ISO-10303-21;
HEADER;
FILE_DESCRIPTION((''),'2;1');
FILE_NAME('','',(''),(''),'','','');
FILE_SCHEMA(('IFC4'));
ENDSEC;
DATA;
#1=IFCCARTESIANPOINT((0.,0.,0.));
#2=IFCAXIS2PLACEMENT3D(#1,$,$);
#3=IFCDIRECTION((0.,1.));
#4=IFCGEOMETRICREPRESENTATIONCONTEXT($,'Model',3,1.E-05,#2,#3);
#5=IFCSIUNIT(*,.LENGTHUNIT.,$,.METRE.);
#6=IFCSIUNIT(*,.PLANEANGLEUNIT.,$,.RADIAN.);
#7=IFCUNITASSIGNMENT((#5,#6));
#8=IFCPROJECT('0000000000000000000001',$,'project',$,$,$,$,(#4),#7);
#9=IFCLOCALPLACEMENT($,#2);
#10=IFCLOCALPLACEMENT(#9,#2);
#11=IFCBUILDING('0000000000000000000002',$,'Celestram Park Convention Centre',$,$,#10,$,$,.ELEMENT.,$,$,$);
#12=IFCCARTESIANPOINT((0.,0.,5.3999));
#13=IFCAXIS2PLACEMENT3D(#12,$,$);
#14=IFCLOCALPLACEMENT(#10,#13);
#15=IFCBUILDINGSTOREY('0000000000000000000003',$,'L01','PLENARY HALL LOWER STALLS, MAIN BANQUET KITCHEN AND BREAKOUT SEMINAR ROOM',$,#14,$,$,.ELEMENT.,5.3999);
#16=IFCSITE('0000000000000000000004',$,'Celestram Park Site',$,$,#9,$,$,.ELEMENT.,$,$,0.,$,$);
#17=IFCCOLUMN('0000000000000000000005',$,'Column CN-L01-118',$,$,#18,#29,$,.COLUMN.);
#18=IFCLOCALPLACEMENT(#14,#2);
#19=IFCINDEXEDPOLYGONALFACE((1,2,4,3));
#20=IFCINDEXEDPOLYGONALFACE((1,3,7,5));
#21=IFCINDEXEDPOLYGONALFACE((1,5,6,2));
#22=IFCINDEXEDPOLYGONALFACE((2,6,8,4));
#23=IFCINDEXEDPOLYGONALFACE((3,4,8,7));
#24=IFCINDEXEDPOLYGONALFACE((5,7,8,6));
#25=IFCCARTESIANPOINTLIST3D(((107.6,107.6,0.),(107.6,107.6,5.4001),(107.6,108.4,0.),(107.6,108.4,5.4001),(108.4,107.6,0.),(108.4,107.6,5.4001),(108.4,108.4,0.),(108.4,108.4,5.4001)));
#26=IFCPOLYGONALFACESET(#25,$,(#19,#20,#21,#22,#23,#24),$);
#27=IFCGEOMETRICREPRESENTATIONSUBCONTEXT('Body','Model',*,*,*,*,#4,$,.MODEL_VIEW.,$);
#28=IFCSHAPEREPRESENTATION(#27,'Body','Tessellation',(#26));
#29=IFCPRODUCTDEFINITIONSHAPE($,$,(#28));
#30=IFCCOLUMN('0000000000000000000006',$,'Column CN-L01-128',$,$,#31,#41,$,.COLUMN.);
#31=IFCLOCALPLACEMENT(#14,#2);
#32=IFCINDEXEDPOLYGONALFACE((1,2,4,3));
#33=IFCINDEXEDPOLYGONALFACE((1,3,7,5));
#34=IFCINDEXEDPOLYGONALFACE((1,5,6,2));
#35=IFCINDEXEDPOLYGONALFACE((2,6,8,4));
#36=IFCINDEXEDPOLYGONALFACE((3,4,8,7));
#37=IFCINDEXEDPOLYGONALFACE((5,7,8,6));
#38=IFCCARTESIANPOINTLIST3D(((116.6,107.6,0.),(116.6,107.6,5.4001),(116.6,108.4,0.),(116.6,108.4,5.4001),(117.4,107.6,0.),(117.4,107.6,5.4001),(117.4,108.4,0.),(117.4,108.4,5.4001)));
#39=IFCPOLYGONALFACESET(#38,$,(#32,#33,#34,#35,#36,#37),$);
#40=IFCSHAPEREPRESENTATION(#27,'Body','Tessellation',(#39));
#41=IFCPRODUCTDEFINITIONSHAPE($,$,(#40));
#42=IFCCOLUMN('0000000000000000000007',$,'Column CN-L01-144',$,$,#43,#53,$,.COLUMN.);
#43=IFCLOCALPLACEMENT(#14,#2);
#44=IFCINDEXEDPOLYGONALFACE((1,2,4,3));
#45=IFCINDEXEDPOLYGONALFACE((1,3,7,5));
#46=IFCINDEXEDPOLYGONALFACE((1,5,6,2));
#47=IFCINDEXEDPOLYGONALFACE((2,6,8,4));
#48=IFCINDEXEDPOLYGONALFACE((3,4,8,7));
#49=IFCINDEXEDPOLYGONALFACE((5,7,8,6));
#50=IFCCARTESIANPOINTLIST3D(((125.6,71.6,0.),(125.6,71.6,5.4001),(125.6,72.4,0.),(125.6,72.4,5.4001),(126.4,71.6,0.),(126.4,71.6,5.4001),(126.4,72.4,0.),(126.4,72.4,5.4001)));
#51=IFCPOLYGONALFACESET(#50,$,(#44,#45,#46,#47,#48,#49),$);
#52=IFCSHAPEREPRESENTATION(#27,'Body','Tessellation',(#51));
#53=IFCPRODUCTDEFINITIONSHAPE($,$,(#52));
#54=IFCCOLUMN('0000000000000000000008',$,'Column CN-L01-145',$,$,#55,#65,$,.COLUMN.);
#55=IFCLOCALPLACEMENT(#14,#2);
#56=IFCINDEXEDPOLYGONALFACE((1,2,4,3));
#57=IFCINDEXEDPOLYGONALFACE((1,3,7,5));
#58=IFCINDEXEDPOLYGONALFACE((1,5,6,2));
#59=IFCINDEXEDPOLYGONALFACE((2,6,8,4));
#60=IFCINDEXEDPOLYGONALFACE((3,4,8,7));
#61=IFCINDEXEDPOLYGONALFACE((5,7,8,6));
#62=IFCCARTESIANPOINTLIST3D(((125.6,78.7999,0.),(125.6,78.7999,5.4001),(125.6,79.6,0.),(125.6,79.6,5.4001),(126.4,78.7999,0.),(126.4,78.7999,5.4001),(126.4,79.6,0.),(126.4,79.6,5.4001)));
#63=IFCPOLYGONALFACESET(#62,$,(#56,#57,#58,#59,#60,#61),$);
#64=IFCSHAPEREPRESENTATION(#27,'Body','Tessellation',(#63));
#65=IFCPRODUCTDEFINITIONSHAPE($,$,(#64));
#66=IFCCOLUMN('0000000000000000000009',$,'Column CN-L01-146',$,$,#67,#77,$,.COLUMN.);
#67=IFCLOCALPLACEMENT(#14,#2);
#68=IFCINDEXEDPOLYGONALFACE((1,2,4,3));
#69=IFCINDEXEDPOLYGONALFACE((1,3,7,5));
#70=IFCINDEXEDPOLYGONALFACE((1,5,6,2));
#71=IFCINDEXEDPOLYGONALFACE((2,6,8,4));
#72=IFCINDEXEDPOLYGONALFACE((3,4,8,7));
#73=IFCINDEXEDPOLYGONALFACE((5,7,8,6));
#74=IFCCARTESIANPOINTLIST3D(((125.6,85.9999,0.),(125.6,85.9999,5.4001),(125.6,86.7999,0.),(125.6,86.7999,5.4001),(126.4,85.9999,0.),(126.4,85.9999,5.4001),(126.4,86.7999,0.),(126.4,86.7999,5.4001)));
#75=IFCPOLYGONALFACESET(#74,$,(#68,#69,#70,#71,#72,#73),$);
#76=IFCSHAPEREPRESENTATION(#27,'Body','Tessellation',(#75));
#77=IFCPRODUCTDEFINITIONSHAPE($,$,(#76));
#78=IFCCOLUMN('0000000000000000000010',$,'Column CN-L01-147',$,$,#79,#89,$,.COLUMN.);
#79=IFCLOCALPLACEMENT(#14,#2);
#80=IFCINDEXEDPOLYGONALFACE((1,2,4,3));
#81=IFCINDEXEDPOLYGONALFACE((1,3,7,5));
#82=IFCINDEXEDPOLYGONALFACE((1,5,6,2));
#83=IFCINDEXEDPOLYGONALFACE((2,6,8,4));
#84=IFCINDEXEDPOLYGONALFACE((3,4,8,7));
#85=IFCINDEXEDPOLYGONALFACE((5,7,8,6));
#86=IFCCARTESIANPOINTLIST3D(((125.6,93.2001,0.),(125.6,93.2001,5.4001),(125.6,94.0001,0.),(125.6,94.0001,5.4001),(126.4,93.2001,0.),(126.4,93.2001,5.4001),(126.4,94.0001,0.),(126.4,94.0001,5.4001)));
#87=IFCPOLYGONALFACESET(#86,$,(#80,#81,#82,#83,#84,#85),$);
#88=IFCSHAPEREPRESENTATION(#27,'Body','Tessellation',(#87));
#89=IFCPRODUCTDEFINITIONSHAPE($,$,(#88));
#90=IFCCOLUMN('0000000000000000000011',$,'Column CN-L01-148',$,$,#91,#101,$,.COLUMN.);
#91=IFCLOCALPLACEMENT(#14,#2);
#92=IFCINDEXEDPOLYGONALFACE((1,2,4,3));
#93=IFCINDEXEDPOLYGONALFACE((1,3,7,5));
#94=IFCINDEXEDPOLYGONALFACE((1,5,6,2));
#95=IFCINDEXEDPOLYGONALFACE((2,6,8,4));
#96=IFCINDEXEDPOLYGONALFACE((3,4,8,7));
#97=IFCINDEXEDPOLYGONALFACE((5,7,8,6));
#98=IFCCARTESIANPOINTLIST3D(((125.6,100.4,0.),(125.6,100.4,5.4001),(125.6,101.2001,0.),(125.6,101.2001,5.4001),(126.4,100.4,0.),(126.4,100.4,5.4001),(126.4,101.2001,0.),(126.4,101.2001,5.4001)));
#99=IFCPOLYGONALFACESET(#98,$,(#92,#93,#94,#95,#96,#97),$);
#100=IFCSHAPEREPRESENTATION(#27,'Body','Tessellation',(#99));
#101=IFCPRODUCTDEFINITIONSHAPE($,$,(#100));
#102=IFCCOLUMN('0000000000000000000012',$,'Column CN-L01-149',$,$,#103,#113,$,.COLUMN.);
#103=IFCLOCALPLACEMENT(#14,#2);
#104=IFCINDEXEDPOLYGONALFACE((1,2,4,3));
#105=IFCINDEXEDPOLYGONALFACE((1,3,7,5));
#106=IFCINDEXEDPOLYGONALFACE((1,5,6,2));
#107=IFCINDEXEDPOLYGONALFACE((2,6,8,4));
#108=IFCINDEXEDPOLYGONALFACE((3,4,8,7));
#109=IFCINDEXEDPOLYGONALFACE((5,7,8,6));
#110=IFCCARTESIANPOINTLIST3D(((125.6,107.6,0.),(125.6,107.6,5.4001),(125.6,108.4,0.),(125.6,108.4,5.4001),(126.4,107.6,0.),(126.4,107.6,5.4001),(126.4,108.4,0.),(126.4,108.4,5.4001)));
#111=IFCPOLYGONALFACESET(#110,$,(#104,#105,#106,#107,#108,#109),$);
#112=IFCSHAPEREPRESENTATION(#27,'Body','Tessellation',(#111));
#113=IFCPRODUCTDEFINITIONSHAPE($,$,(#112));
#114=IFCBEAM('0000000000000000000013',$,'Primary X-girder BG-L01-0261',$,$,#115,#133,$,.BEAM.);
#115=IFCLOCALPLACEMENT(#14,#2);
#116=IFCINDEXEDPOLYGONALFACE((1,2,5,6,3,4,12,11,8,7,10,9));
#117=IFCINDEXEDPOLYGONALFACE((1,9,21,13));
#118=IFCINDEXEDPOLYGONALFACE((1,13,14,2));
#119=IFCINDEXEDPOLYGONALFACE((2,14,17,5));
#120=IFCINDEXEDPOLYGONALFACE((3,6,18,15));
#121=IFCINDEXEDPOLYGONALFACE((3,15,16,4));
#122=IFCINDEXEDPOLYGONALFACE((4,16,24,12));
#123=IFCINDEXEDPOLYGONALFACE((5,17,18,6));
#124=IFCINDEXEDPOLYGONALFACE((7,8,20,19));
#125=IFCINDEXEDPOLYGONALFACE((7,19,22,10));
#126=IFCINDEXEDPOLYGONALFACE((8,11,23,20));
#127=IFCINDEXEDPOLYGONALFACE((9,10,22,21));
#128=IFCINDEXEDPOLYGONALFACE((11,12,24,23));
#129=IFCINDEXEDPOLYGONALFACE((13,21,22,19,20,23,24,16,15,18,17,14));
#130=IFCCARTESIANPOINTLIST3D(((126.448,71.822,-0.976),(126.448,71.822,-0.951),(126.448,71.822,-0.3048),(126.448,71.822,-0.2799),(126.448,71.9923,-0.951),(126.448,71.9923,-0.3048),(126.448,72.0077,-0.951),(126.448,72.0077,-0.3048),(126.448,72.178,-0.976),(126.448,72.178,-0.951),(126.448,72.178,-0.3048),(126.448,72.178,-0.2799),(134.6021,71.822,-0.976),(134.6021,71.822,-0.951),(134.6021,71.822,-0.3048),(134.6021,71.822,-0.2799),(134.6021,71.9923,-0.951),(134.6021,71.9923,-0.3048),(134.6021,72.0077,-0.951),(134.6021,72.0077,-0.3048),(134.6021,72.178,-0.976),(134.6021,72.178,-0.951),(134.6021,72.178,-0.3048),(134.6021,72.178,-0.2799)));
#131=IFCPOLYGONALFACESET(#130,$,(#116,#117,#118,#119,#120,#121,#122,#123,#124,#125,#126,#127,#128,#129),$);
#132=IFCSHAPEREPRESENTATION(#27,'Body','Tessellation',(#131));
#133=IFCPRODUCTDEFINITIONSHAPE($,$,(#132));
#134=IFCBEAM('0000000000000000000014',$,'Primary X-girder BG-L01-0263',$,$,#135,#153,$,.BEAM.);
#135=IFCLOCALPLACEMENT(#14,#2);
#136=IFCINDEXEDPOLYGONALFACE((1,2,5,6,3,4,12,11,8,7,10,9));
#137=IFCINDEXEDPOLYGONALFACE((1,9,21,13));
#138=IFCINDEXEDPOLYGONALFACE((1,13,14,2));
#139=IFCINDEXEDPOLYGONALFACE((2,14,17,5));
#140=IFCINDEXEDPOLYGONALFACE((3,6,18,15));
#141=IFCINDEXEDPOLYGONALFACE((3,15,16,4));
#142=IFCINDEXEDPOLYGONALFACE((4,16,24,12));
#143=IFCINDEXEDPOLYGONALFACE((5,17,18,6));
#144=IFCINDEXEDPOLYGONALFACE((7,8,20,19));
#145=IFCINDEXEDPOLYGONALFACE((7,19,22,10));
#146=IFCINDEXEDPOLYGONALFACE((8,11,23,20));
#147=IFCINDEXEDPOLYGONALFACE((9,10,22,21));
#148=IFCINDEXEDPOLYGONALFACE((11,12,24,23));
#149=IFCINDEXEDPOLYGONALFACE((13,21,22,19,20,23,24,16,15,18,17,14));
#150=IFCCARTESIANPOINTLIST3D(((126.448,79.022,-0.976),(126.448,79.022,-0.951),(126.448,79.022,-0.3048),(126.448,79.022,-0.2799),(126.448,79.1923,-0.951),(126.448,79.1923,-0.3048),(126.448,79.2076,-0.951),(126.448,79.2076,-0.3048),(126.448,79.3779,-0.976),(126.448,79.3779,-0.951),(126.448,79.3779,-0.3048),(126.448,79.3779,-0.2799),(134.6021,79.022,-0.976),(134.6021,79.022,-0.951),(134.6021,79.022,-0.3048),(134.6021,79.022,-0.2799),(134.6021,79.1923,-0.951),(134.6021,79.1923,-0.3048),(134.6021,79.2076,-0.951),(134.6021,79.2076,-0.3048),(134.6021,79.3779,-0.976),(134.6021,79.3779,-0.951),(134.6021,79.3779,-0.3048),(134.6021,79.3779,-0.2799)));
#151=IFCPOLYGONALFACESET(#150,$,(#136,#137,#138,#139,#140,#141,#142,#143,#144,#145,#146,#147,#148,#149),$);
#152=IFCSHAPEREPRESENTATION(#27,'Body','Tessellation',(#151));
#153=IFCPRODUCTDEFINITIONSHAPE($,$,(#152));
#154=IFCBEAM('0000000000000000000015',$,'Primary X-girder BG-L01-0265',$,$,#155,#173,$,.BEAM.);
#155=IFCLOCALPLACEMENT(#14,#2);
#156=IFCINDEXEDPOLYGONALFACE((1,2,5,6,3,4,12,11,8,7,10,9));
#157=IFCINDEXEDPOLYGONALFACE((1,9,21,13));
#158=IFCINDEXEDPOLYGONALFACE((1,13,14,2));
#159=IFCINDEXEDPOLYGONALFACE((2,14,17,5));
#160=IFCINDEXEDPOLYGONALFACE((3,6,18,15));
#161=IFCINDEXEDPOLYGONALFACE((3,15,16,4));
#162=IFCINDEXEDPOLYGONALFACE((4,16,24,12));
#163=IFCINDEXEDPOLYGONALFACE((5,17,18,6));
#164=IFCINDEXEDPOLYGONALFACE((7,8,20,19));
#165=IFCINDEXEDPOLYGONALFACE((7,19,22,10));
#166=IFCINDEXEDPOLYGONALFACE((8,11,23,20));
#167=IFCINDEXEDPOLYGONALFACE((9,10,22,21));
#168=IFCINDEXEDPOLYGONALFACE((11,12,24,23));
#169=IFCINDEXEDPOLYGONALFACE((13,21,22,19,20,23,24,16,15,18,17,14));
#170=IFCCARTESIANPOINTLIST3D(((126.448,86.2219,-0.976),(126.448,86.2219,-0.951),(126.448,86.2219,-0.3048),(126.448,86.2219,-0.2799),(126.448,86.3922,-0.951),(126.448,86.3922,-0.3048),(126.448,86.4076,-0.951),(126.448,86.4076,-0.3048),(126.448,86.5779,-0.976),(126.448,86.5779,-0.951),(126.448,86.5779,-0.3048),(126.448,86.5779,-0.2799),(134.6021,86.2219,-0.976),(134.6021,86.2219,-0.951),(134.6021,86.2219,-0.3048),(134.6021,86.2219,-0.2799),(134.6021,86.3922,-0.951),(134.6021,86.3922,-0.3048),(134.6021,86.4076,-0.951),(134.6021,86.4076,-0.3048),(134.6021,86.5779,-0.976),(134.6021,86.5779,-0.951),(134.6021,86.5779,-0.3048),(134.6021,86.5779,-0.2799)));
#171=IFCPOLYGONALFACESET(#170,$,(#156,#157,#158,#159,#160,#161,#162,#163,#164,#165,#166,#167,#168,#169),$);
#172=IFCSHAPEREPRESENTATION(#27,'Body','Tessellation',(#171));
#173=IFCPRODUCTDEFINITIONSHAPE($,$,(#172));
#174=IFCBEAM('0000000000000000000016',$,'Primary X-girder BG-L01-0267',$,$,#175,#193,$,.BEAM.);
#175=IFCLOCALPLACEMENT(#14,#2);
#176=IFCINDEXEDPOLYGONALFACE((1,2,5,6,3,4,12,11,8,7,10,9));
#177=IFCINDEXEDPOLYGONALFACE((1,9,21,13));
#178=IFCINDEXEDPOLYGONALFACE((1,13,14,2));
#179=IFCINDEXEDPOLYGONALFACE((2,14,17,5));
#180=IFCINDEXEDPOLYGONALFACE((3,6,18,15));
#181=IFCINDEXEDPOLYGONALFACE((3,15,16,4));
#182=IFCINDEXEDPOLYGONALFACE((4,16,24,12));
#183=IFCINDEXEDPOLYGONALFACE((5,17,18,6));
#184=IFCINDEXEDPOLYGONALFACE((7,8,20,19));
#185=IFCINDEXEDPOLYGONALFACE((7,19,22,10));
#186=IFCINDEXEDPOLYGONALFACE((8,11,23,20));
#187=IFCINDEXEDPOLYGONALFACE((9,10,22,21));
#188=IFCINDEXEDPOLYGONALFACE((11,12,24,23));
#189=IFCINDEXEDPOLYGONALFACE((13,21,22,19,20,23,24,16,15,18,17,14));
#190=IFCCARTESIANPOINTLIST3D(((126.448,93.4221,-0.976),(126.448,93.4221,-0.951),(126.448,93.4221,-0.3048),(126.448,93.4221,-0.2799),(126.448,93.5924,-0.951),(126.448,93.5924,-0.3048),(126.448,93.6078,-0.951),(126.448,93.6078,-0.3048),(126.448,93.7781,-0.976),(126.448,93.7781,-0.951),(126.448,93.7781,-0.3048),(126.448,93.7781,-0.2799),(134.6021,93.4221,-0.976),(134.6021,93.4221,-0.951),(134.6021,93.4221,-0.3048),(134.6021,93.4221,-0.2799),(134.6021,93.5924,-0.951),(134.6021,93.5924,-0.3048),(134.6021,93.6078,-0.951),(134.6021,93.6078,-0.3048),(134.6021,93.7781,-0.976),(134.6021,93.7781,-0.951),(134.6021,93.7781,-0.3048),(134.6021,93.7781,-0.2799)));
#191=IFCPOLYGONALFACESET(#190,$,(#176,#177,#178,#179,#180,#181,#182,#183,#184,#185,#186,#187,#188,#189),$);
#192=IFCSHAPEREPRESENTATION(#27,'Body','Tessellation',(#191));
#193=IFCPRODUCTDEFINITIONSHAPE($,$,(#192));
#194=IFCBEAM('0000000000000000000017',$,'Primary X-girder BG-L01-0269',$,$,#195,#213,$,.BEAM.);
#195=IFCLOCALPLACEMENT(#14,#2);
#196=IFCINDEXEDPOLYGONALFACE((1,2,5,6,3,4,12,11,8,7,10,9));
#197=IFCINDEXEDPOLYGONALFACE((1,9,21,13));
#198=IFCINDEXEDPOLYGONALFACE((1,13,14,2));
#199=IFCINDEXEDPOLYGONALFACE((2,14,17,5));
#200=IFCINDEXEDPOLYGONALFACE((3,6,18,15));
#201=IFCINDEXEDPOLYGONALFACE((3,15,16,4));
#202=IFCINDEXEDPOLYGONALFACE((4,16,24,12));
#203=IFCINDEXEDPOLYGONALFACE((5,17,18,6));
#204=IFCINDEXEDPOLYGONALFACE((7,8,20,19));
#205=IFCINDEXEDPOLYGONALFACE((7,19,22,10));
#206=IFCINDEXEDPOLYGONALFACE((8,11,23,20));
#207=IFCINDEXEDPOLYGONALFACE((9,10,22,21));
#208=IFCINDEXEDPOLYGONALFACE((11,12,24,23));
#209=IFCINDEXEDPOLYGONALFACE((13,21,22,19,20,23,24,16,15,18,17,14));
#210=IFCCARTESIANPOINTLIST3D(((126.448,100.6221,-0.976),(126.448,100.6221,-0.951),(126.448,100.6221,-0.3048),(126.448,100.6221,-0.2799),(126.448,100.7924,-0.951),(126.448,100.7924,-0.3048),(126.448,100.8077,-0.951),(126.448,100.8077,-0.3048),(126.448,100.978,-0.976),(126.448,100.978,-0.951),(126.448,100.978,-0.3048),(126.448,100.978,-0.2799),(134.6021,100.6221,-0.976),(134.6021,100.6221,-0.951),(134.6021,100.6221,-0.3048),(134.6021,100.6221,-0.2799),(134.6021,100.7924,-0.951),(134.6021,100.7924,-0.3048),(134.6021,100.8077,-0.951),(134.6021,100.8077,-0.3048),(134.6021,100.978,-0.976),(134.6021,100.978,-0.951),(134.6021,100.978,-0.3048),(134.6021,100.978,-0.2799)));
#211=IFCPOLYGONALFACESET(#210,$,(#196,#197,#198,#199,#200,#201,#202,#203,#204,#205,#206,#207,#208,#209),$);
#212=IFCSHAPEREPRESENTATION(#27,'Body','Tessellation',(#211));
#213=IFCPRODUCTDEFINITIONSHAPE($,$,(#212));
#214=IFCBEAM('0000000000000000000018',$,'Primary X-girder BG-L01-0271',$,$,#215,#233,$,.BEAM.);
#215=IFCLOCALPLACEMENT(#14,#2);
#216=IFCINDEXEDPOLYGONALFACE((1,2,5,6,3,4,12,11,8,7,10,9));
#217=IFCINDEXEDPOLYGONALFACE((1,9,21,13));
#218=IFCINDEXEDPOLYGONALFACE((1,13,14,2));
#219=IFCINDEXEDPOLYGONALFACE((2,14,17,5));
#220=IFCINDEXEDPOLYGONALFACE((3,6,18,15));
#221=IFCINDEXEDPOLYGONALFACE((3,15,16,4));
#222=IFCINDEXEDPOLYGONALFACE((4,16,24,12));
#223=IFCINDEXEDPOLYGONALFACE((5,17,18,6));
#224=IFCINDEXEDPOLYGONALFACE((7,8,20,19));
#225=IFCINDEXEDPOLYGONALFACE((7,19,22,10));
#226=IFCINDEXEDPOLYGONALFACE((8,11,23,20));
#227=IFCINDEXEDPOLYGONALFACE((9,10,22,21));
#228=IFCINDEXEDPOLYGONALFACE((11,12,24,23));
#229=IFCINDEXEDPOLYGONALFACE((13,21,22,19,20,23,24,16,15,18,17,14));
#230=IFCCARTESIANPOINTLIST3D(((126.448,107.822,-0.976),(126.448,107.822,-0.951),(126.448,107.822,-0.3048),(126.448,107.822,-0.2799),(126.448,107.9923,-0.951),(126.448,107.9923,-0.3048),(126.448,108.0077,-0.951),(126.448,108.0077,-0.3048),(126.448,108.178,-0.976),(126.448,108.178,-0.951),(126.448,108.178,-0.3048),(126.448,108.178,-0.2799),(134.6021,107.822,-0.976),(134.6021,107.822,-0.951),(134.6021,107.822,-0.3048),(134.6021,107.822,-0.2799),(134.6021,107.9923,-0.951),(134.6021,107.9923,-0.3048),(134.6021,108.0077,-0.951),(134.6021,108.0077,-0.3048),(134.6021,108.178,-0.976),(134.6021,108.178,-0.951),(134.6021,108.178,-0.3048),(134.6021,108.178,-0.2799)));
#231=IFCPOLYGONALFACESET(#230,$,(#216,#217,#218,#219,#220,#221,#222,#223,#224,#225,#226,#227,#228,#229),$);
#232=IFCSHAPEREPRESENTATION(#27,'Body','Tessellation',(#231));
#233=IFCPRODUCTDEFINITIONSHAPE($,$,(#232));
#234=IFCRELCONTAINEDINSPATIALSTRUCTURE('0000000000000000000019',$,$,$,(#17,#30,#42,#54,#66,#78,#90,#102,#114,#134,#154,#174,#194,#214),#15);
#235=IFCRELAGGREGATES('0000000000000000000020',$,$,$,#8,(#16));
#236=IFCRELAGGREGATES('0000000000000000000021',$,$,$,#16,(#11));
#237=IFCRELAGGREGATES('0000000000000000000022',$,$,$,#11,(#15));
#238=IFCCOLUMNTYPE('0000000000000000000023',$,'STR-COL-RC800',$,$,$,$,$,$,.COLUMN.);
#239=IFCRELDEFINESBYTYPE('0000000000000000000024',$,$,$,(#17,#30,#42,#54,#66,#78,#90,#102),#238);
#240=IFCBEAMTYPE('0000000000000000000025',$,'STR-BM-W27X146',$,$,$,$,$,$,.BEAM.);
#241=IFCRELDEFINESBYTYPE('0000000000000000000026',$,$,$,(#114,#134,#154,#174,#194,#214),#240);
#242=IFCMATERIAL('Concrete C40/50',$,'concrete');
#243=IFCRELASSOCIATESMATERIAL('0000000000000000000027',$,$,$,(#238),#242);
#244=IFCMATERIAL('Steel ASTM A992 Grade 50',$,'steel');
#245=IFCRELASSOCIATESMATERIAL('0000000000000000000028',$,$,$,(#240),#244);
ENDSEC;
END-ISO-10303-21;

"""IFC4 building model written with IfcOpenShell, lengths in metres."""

from ifc_helpers import new_model, si_unit, direction, frame, origin, origin_2d, place, context, subcontext, project, spatial, rectangle, i_section, extrude, material, material_profile, profile_set, type_object, element, save


model = new_model("IFC4")

# Units and contexts
model_context = context("Model", 3, precision=1e-05, world=origin(), true_north=direction((0.0, 1.0)))
body_context = subcontext(model_context, "Body", "Model", "MODEL_VIEW")
ifc_project = project(units=[si_unit("LENGTHUNIT", "METRE"), si_unit("PLANEANGLEUNIT", "RADIAN")], contexts=[model_context])

# Site, building, storey
site_placement = place(None, origin())
site = spatial("IfcSite", under=ifc_project, at=site_placement, Name="Celestram Park Site", CompositionType="ELEMENT", RefElevation=0.0)
building_placement = place(site_placement, origin())
building = spatial("IfcBuilding", under=site, at=building_placement, Name="Celestram Park Convention Centre", CompositionType="ELEMENT")
storey_placement = place(building_placement, frame((0.0, 0.0, 5.3999)))
storey = spatial("IfcBuildingStorey", under=building, at=storey_placement, Name="L01", Description="PLENARY HALL LOWER STALLS, MAIN BANQUET KITCHEN AND BREAKOUT SEMINAR ROOM", CompositionType="ELEMENT", Elevation=5.3999)

# Columns
ifc_material_1 = material(Name="Concrete C40/50", Category="concrete")
ifc_material_profile_1 = material_profile(ifc_material_1, rectangle(XDim=0.8, YDim=0.8, at=origin_2d()), Name="RC800X800")
ifc_profile_set_1 = profile_set([ifc_material_profile_1], Name="Concrete C40/50")
column_type = type_object("IfcColumnType", Name="STR-COL-RC800", PredefinedType="COLUMN", material=ifc_profile_set_1)
for number, where, z_axis, x_axis, name in (
    (1, (108.0, 108.0, 0.0), (0.0, 0.0, 1.0), (1.0, 0.0, 0.0), "Column CN-L01-118"),
    (2, (117.0, 108.0, 0.0), (0.0, 0.0, 1.0), (1.0, 0.0, 0.0), "Column CN-L01-128"),
    (3, (126.0, 72.0, 0.0), (0.0, 0.0, 1.0), (1.0, 0.0, 0.0), "Column CN-L01-144"),
    (4, (126.0, 79.2, 0.0), (0.0, 0.0, 1.0), (1.0, 0.0, 0.0), "Column CN-L01-145"),
    (5, (126.0, 86.3999, 0.0), (0.0, 0.0, 1.0), (1.0, 0.0, 0.0), "Column CN-L01-146"),
    (6, (126.0, 93.6001, 0.0), (0.0, 0.0, 1.0), (1.0, 0.0, 0.0), "Column CN-L01-147"),
    (7, (126.0, 100.8, 0.0), (0.0, 0.0, 1.0), (1.0, 0.0, 0.0), "Column CN-L01-148"),
    (8, (126.0, 108.0, 0.0), (0.0, 0.0, 1.0), (1.0, 0.0, 0.0), "Column CN-L01-149"),
):
    element("IfcColumn", number, at=place(storey_placement, frame(where, z_axis=z_axis, x_axis=x_axis)), inside=storey, type_object=column_type, Name=name, PredefinedType="COLUMN", context=body_context, shape_type="SweptSolid", body=[
        extrude(rectangle(XDim=0.8, YDim=0.8, at=origin_2d()), origin(), (0.0, 0.0, 1.0), 5.4001),
    ])

# Beams
ifc_material_2 = material(Name="Steel ASTM A992 Grade 50", Category="steel")
ifc_material_profile_2 = material_profile(ifc_material_2, i_section(OverallWidth=0.356, OverallDepth=0.696, WebThickness=0.0154, FlangeThickness=0.0249, at=origin_2d()), Name="W27X146")
ifc_profile_set_2 = profile_set([ifc_material_profile_2], Name="Steel ASTM A992 Grade 50")
beam_type_1 = type_object("IfcBeamType", Name="STR-BM-W27X146", PredefinedType="BEAM", material=ifc_profile_set_2)
for number, where, z_axis, x_axis, name in (
    (9, (126.448, 72.0, -0.6279), (1.0, 0.0, 0.0), (0.0, 1.0, 0.0), "Primary X-girder BG-L01-0261"),
    (10, (126.448, 79.2, -0.6279), (1.0, 0.0, 0.0), (0.0, 1.0, 0.0), "Primary X-girder BG-L01-0263"),
    (11, (126.448, 86.3999, -0.6279), (1.0, 0.0, 0.0), (0.0, 1.0, 0.0), "Primary X-girder BG-L01-0265"),
    (12, (126.448, 93.6001, -0.6279), (1.0, 0.0, 0.0), (0.0, 1.0, 0.0), "Primary X-girder BG-L01-0267"),
    (13, (126.448, 100.8, -0.6279), (1.0, 0.0, 0.0), (0.0, 1.0, 0.0), "Primary X-girder BG-L01-0269"),
    (14, (126.448, 108.0, -0.6279), (1.0, 0.0, 0.0), (0.0, 1.0, 0.0), "Primary X-girder BG-L01-0271"),
):
    element("IfcBeam", number, at=place(storey_placement, frame(where, z_axis=z_axis, x_axis=x_axis)), inside=storey, type_object=beam_type_1, Name=name, PredefinedType="BEAM", context=body_context, shape_type="SweptSolid", body=[
        extrude(i_section(OverallWidth=0.356, OverallDepth=0.696, WebThickness=0.0154, FlangeThickness=0.0249, at=origin_2d()), origin(), (0.0, 0.0, 1.0), 8.1541),
    ])

save(model, "model.ifc")
